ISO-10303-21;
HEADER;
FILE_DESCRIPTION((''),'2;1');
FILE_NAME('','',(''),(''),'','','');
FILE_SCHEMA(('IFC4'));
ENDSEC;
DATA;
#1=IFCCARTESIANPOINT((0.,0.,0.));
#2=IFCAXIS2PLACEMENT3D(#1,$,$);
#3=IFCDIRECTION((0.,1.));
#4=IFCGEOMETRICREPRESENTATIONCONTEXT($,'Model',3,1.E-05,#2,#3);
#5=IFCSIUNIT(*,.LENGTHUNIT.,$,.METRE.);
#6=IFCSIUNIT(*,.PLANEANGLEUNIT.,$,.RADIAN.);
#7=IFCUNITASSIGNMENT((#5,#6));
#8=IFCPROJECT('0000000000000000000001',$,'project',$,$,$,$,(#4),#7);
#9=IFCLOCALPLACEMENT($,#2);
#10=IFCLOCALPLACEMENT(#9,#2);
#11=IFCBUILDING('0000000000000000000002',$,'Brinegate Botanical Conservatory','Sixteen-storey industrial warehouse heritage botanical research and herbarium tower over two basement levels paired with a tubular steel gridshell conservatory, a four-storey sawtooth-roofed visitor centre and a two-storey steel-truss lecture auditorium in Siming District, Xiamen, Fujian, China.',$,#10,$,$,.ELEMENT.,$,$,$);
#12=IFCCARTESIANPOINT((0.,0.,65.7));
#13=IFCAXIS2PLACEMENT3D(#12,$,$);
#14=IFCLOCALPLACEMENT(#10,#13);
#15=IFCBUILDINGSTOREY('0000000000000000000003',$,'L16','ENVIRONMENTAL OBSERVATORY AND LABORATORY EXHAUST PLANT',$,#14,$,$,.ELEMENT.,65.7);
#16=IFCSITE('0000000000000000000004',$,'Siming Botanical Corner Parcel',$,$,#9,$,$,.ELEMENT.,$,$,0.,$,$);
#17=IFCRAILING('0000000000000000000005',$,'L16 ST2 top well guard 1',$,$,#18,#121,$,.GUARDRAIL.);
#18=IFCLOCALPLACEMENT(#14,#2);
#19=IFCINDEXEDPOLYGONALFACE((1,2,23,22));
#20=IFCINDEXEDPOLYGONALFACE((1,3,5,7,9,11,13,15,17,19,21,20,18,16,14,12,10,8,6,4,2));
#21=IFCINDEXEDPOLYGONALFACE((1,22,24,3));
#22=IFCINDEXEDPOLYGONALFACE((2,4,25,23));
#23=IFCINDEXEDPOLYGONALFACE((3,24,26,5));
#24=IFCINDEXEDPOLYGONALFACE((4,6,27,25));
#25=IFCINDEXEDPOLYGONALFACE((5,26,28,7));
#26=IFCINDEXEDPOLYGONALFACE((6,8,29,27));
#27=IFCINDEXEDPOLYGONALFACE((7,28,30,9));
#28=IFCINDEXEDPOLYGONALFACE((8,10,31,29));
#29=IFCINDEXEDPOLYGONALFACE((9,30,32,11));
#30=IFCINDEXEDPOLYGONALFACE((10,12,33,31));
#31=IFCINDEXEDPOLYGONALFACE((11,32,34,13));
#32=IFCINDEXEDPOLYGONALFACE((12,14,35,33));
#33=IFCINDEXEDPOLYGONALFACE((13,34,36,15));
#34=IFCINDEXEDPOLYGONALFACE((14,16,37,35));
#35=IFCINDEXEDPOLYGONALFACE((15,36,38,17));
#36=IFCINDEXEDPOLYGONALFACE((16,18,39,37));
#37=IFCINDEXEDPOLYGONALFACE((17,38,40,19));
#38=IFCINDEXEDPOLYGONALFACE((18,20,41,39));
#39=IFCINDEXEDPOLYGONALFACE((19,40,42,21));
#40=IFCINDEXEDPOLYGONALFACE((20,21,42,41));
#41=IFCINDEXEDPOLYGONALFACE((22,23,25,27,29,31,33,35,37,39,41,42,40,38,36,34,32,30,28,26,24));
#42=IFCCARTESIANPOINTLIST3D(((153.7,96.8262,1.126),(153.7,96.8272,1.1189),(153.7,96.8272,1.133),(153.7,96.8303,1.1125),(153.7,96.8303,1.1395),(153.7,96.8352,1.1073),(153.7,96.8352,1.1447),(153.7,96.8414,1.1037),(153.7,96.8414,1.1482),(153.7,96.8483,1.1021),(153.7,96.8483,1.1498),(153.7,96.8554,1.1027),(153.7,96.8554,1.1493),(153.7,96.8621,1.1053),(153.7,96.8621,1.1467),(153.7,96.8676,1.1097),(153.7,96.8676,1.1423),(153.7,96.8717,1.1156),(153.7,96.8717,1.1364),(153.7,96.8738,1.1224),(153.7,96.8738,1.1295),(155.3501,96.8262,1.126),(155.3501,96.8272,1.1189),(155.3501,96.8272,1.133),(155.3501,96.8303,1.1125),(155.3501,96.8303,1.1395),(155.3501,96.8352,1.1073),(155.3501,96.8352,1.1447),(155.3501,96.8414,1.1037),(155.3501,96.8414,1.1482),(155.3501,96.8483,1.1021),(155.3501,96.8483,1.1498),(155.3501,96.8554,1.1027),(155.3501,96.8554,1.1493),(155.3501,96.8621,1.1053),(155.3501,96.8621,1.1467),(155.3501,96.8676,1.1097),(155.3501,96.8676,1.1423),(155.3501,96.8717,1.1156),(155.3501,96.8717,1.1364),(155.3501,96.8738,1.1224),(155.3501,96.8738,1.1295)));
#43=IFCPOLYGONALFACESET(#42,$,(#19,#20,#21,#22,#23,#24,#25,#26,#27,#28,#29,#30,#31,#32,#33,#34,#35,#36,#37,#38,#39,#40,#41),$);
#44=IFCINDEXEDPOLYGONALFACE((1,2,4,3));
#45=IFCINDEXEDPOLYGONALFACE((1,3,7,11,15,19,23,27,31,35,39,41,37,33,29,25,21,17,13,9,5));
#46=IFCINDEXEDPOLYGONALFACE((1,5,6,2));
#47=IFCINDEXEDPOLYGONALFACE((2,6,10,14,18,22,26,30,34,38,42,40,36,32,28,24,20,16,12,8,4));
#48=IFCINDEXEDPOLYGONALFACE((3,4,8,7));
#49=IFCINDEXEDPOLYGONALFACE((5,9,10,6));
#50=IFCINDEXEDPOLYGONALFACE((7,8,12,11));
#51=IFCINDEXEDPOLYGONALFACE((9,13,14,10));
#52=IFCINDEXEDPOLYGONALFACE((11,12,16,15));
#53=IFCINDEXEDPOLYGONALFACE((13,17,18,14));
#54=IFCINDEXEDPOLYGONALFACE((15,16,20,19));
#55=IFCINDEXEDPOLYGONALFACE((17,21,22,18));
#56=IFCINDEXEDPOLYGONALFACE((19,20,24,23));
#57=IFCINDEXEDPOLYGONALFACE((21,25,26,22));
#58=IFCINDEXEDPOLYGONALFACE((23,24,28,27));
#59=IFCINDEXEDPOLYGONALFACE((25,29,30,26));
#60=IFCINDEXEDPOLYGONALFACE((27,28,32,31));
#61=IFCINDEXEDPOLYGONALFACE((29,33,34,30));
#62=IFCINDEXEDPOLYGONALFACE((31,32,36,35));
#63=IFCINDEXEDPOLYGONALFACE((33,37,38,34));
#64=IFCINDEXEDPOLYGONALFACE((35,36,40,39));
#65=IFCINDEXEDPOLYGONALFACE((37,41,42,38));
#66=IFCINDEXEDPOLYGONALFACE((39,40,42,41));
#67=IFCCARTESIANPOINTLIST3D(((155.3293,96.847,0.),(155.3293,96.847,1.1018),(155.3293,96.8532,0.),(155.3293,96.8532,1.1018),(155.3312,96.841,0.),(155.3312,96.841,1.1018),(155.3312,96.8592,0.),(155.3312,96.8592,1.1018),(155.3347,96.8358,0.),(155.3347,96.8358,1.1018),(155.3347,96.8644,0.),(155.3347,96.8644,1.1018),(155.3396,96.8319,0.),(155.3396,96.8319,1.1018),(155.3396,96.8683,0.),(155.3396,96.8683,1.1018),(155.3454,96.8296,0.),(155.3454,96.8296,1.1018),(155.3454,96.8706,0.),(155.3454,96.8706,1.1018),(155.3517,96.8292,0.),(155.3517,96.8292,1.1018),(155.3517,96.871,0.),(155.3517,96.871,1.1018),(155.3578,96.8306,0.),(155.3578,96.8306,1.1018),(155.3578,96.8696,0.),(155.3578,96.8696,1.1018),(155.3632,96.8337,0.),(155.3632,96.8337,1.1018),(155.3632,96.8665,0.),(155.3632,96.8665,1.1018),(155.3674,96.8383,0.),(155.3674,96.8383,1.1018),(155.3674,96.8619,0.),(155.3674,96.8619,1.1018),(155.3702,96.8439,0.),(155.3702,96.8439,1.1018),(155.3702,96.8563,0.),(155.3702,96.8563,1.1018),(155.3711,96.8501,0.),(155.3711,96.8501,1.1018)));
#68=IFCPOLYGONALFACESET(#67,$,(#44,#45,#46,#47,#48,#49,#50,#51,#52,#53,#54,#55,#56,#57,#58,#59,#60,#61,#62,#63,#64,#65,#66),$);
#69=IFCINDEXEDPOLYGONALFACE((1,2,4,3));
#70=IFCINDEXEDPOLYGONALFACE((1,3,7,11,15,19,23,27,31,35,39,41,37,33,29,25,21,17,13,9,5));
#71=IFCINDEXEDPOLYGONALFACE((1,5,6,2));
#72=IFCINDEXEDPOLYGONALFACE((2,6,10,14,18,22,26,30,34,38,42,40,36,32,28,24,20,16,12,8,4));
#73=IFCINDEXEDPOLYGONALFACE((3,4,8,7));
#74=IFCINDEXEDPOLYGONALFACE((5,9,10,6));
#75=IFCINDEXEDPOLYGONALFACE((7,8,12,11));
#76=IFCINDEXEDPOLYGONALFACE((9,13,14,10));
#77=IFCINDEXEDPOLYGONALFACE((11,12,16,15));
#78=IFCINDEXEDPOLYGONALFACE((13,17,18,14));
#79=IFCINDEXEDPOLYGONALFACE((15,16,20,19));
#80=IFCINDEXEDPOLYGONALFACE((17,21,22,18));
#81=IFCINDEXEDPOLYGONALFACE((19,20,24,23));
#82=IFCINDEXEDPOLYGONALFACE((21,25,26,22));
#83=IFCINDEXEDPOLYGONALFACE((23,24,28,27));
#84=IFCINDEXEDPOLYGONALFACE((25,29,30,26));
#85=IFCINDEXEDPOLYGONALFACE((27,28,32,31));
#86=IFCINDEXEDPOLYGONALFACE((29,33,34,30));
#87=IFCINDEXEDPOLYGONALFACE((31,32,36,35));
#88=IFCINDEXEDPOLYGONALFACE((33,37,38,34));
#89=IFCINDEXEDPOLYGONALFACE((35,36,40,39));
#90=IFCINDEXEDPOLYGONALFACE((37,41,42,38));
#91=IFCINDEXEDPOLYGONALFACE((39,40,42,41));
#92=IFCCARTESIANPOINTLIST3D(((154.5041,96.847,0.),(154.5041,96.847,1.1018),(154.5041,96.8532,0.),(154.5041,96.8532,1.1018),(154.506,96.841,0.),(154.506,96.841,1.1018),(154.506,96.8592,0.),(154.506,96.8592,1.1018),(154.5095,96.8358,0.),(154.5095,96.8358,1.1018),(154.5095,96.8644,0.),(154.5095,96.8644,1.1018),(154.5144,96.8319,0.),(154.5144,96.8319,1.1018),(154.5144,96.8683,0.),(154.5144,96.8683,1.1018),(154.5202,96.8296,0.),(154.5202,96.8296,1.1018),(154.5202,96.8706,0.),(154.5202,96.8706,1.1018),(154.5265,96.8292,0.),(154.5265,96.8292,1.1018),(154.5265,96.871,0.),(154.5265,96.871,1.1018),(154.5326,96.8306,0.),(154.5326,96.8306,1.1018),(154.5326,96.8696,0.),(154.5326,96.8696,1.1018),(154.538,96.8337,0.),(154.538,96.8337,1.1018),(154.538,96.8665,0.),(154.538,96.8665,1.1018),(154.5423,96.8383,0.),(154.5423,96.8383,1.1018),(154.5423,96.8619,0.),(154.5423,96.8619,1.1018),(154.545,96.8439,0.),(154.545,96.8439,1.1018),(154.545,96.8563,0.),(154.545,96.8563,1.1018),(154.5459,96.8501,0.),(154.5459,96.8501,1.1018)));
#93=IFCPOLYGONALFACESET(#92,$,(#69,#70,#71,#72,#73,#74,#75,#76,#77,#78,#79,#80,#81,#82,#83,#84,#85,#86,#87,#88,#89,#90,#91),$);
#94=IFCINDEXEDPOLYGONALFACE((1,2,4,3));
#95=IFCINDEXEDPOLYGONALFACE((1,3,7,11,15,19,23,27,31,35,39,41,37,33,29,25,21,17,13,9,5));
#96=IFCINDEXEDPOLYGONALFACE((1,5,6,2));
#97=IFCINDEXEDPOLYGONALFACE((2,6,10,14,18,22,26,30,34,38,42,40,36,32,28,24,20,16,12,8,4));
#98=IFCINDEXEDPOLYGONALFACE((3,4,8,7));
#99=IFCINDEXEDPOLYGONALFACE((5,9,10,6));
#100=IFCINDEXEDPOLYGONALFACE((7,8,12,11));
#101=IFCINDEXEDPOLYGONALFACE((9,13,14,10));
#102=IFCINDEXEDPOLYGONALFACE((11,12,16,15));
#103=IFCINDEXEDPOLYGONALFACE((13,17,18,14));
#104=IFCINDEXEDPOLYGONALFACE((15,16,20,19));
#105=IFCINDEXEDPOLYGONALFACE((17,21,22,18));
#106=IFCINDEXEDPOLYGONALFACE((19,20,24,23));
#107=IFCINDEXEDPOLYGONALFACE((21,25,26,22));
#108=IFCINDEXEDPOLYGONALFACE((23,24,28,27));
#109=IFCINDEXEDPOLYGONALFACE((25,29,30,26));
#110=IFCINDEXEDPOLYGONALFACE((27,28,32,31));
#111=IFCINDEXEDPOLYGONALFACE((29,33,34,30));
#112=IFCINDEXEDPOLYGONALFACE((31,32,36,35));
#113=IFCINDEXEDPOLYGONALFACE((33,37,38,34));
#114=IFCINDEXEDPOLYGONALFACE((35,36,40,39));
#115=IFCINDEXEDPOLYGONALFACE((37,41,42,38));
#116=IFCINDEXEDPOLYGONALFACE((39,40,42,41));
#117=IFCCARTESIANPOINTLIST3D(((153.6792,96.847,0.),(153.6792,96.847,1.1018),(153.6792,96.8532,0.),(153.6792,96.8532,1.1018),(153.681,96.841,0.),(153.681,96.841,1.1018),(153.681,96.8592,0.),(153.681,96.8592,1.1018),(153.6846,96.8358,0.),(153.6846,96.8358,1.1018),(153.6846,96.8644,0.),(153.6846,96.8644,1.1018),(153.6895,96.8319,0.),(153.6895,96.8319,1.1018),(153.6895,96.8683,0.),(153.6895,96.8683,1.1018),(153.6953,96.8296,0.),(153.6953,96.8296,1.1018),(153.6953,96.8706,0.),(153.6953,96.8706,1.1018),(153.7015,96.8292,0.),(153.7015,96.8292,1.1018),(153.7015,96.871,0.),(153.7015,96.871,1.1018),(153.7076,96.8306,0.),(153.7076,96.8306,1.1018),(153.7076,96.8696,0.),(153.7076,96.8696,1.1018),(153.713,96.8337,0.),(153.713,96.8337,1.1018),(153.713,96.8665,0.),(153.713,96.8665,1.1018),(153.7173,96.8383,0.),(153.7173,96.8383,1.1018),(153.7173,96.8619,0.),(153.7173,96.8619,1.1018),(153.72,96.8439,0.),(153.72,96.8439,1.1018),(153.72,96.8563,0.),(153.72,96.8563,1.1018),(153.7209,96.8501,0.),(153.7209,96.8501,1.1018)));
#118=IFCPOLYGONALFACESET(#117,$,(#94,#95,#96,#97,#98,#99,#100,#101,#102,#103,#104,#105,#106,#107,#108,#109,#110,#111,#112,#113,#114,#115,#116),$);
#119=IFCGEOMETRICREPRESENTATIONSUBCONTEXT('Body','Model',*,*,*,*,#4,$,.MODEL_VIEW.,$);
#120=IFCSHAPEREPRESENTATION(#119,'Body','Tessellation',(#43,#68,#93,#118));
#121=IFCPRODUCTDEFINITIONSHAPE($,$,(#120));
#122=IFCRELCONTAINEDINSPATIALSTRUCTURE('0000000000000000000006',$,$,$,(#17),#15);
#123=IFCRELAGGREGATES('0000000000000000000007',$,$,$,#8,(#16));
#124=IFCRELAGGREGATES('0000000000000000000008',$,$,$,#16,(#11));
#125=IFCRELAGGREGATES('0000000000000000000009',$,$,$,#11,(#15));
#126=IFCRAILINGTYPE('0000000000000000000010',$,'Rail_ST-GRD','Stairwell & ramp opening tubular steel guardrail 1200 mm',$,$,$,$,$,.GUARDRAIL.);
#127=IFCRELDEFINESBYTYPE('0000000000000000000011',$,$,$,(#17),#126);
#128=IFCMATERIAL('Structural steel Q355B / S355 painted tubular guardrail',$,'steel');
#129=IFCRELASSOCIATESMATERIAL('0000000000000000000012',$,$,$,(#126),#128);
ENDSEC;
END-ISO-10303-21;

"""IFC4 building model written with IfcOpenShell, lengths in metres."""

from ifc_helpers import new_model, si_unit, direction, frame, origin, origin_2d, place, context, subcontext, project, spatial, circle, extrude, material, type_object, element, save


model = new_model("IFC4")

# Units and contexts
model_context = context("Model", 3, precision=1e-05, world=origin(), true_north=direction((0.0, 1.0)))
body_context = subcontext(model_context, "Body", "Model", "MODEL_VIEW")
ifc_project = project(units=[si_unit("LENGTHUNIT", "METRE"), si_unit("PLANEANGLEUNIT", "RADIAN")], contexts=[model_context])

# Site, building, storey
site_placement = place(None, origin())
site = spatial("IfcSite", under=ifc_project, at=site_placement, Name="Siming Botanical Corner Parcel", CompositionType="ELEMENT", RefElevation=0.0)
building_placement = place(site_placement, origin())
building = spatial("IfcBuilding", under=site, at=building_placement, Name="Brinegate Botanical Conservatory", Description="Sixteen-storey industrial warehouse heritage botanical research and herbarium tower over two basement levels paired with a tubular steel gridshell conservatory, a four-storey sawtooth-roofed visitor centre and a two-storey steel-truss lecture auditorium in Siming District, Xiamen, Fujian, China.", CompositionType="ELEMENT")
storey_placement = place(building_placement, frame((0.0, 0.0, 65.7)))
storey = spatial("IfcBuildingStorey", under=building, at=storey_placement, Name="L16", Description="ENVIRONMENTAL OBSERVATORY AND LABORATORY EXHAUST PLANT", CompositionType="ELEMENT", Elevation=65.7)

# Railing
ifc_material_1 = material(Name="Structural steel Q355B / S355 painted tubular guardrail", Category="steel")
railing_type = type_object("IfcRailingType", Name="Rail_ST-GRD", Description="Stairwell & ramp opening tubular steel guardrail 1200 mm", PredefinedType="GUARDRAIL", material=ifc_material_1)
railing_placement = place(storey_placement, frame((155.3501, 96.8501, 0.0)))
element("IfcRailing", 1, at=railing_placement, inside=storey, type_object=railing_type, Name="L16 ST2 top well guard 1", PredefinedType="GUARDRAIL", context=body_context, shape_type="SweptSolid", body=[
    extrude(circle(Radius=0.0239, at=origin_2d()), frame((0.0, 0.0, 1.126), z_axis=(-1.0, 0.0, 0.0), x_axis=(0.0, -1.0, 0.0)), (0.0, 0.0, 1.0), 1.6501),
    extrude(circle(Radius=0.021, at=origin_2d()), origin(), (0.0, 0.0, 1.0), 1.1018),
    extrude(circle(Radius=0.021, at=origin_2d()), frame((-0.8252, 0.0, 0.0)), (0.0, 0.0, 1.0), 1.1018),
    extrude(circle(Radius=0.021, at=origin_2d()), frame((-1.6501, 0.0, 0.0)), (0.0, 0.0, 1.0), 1.1018),
])

save(model, "model.ifc")
